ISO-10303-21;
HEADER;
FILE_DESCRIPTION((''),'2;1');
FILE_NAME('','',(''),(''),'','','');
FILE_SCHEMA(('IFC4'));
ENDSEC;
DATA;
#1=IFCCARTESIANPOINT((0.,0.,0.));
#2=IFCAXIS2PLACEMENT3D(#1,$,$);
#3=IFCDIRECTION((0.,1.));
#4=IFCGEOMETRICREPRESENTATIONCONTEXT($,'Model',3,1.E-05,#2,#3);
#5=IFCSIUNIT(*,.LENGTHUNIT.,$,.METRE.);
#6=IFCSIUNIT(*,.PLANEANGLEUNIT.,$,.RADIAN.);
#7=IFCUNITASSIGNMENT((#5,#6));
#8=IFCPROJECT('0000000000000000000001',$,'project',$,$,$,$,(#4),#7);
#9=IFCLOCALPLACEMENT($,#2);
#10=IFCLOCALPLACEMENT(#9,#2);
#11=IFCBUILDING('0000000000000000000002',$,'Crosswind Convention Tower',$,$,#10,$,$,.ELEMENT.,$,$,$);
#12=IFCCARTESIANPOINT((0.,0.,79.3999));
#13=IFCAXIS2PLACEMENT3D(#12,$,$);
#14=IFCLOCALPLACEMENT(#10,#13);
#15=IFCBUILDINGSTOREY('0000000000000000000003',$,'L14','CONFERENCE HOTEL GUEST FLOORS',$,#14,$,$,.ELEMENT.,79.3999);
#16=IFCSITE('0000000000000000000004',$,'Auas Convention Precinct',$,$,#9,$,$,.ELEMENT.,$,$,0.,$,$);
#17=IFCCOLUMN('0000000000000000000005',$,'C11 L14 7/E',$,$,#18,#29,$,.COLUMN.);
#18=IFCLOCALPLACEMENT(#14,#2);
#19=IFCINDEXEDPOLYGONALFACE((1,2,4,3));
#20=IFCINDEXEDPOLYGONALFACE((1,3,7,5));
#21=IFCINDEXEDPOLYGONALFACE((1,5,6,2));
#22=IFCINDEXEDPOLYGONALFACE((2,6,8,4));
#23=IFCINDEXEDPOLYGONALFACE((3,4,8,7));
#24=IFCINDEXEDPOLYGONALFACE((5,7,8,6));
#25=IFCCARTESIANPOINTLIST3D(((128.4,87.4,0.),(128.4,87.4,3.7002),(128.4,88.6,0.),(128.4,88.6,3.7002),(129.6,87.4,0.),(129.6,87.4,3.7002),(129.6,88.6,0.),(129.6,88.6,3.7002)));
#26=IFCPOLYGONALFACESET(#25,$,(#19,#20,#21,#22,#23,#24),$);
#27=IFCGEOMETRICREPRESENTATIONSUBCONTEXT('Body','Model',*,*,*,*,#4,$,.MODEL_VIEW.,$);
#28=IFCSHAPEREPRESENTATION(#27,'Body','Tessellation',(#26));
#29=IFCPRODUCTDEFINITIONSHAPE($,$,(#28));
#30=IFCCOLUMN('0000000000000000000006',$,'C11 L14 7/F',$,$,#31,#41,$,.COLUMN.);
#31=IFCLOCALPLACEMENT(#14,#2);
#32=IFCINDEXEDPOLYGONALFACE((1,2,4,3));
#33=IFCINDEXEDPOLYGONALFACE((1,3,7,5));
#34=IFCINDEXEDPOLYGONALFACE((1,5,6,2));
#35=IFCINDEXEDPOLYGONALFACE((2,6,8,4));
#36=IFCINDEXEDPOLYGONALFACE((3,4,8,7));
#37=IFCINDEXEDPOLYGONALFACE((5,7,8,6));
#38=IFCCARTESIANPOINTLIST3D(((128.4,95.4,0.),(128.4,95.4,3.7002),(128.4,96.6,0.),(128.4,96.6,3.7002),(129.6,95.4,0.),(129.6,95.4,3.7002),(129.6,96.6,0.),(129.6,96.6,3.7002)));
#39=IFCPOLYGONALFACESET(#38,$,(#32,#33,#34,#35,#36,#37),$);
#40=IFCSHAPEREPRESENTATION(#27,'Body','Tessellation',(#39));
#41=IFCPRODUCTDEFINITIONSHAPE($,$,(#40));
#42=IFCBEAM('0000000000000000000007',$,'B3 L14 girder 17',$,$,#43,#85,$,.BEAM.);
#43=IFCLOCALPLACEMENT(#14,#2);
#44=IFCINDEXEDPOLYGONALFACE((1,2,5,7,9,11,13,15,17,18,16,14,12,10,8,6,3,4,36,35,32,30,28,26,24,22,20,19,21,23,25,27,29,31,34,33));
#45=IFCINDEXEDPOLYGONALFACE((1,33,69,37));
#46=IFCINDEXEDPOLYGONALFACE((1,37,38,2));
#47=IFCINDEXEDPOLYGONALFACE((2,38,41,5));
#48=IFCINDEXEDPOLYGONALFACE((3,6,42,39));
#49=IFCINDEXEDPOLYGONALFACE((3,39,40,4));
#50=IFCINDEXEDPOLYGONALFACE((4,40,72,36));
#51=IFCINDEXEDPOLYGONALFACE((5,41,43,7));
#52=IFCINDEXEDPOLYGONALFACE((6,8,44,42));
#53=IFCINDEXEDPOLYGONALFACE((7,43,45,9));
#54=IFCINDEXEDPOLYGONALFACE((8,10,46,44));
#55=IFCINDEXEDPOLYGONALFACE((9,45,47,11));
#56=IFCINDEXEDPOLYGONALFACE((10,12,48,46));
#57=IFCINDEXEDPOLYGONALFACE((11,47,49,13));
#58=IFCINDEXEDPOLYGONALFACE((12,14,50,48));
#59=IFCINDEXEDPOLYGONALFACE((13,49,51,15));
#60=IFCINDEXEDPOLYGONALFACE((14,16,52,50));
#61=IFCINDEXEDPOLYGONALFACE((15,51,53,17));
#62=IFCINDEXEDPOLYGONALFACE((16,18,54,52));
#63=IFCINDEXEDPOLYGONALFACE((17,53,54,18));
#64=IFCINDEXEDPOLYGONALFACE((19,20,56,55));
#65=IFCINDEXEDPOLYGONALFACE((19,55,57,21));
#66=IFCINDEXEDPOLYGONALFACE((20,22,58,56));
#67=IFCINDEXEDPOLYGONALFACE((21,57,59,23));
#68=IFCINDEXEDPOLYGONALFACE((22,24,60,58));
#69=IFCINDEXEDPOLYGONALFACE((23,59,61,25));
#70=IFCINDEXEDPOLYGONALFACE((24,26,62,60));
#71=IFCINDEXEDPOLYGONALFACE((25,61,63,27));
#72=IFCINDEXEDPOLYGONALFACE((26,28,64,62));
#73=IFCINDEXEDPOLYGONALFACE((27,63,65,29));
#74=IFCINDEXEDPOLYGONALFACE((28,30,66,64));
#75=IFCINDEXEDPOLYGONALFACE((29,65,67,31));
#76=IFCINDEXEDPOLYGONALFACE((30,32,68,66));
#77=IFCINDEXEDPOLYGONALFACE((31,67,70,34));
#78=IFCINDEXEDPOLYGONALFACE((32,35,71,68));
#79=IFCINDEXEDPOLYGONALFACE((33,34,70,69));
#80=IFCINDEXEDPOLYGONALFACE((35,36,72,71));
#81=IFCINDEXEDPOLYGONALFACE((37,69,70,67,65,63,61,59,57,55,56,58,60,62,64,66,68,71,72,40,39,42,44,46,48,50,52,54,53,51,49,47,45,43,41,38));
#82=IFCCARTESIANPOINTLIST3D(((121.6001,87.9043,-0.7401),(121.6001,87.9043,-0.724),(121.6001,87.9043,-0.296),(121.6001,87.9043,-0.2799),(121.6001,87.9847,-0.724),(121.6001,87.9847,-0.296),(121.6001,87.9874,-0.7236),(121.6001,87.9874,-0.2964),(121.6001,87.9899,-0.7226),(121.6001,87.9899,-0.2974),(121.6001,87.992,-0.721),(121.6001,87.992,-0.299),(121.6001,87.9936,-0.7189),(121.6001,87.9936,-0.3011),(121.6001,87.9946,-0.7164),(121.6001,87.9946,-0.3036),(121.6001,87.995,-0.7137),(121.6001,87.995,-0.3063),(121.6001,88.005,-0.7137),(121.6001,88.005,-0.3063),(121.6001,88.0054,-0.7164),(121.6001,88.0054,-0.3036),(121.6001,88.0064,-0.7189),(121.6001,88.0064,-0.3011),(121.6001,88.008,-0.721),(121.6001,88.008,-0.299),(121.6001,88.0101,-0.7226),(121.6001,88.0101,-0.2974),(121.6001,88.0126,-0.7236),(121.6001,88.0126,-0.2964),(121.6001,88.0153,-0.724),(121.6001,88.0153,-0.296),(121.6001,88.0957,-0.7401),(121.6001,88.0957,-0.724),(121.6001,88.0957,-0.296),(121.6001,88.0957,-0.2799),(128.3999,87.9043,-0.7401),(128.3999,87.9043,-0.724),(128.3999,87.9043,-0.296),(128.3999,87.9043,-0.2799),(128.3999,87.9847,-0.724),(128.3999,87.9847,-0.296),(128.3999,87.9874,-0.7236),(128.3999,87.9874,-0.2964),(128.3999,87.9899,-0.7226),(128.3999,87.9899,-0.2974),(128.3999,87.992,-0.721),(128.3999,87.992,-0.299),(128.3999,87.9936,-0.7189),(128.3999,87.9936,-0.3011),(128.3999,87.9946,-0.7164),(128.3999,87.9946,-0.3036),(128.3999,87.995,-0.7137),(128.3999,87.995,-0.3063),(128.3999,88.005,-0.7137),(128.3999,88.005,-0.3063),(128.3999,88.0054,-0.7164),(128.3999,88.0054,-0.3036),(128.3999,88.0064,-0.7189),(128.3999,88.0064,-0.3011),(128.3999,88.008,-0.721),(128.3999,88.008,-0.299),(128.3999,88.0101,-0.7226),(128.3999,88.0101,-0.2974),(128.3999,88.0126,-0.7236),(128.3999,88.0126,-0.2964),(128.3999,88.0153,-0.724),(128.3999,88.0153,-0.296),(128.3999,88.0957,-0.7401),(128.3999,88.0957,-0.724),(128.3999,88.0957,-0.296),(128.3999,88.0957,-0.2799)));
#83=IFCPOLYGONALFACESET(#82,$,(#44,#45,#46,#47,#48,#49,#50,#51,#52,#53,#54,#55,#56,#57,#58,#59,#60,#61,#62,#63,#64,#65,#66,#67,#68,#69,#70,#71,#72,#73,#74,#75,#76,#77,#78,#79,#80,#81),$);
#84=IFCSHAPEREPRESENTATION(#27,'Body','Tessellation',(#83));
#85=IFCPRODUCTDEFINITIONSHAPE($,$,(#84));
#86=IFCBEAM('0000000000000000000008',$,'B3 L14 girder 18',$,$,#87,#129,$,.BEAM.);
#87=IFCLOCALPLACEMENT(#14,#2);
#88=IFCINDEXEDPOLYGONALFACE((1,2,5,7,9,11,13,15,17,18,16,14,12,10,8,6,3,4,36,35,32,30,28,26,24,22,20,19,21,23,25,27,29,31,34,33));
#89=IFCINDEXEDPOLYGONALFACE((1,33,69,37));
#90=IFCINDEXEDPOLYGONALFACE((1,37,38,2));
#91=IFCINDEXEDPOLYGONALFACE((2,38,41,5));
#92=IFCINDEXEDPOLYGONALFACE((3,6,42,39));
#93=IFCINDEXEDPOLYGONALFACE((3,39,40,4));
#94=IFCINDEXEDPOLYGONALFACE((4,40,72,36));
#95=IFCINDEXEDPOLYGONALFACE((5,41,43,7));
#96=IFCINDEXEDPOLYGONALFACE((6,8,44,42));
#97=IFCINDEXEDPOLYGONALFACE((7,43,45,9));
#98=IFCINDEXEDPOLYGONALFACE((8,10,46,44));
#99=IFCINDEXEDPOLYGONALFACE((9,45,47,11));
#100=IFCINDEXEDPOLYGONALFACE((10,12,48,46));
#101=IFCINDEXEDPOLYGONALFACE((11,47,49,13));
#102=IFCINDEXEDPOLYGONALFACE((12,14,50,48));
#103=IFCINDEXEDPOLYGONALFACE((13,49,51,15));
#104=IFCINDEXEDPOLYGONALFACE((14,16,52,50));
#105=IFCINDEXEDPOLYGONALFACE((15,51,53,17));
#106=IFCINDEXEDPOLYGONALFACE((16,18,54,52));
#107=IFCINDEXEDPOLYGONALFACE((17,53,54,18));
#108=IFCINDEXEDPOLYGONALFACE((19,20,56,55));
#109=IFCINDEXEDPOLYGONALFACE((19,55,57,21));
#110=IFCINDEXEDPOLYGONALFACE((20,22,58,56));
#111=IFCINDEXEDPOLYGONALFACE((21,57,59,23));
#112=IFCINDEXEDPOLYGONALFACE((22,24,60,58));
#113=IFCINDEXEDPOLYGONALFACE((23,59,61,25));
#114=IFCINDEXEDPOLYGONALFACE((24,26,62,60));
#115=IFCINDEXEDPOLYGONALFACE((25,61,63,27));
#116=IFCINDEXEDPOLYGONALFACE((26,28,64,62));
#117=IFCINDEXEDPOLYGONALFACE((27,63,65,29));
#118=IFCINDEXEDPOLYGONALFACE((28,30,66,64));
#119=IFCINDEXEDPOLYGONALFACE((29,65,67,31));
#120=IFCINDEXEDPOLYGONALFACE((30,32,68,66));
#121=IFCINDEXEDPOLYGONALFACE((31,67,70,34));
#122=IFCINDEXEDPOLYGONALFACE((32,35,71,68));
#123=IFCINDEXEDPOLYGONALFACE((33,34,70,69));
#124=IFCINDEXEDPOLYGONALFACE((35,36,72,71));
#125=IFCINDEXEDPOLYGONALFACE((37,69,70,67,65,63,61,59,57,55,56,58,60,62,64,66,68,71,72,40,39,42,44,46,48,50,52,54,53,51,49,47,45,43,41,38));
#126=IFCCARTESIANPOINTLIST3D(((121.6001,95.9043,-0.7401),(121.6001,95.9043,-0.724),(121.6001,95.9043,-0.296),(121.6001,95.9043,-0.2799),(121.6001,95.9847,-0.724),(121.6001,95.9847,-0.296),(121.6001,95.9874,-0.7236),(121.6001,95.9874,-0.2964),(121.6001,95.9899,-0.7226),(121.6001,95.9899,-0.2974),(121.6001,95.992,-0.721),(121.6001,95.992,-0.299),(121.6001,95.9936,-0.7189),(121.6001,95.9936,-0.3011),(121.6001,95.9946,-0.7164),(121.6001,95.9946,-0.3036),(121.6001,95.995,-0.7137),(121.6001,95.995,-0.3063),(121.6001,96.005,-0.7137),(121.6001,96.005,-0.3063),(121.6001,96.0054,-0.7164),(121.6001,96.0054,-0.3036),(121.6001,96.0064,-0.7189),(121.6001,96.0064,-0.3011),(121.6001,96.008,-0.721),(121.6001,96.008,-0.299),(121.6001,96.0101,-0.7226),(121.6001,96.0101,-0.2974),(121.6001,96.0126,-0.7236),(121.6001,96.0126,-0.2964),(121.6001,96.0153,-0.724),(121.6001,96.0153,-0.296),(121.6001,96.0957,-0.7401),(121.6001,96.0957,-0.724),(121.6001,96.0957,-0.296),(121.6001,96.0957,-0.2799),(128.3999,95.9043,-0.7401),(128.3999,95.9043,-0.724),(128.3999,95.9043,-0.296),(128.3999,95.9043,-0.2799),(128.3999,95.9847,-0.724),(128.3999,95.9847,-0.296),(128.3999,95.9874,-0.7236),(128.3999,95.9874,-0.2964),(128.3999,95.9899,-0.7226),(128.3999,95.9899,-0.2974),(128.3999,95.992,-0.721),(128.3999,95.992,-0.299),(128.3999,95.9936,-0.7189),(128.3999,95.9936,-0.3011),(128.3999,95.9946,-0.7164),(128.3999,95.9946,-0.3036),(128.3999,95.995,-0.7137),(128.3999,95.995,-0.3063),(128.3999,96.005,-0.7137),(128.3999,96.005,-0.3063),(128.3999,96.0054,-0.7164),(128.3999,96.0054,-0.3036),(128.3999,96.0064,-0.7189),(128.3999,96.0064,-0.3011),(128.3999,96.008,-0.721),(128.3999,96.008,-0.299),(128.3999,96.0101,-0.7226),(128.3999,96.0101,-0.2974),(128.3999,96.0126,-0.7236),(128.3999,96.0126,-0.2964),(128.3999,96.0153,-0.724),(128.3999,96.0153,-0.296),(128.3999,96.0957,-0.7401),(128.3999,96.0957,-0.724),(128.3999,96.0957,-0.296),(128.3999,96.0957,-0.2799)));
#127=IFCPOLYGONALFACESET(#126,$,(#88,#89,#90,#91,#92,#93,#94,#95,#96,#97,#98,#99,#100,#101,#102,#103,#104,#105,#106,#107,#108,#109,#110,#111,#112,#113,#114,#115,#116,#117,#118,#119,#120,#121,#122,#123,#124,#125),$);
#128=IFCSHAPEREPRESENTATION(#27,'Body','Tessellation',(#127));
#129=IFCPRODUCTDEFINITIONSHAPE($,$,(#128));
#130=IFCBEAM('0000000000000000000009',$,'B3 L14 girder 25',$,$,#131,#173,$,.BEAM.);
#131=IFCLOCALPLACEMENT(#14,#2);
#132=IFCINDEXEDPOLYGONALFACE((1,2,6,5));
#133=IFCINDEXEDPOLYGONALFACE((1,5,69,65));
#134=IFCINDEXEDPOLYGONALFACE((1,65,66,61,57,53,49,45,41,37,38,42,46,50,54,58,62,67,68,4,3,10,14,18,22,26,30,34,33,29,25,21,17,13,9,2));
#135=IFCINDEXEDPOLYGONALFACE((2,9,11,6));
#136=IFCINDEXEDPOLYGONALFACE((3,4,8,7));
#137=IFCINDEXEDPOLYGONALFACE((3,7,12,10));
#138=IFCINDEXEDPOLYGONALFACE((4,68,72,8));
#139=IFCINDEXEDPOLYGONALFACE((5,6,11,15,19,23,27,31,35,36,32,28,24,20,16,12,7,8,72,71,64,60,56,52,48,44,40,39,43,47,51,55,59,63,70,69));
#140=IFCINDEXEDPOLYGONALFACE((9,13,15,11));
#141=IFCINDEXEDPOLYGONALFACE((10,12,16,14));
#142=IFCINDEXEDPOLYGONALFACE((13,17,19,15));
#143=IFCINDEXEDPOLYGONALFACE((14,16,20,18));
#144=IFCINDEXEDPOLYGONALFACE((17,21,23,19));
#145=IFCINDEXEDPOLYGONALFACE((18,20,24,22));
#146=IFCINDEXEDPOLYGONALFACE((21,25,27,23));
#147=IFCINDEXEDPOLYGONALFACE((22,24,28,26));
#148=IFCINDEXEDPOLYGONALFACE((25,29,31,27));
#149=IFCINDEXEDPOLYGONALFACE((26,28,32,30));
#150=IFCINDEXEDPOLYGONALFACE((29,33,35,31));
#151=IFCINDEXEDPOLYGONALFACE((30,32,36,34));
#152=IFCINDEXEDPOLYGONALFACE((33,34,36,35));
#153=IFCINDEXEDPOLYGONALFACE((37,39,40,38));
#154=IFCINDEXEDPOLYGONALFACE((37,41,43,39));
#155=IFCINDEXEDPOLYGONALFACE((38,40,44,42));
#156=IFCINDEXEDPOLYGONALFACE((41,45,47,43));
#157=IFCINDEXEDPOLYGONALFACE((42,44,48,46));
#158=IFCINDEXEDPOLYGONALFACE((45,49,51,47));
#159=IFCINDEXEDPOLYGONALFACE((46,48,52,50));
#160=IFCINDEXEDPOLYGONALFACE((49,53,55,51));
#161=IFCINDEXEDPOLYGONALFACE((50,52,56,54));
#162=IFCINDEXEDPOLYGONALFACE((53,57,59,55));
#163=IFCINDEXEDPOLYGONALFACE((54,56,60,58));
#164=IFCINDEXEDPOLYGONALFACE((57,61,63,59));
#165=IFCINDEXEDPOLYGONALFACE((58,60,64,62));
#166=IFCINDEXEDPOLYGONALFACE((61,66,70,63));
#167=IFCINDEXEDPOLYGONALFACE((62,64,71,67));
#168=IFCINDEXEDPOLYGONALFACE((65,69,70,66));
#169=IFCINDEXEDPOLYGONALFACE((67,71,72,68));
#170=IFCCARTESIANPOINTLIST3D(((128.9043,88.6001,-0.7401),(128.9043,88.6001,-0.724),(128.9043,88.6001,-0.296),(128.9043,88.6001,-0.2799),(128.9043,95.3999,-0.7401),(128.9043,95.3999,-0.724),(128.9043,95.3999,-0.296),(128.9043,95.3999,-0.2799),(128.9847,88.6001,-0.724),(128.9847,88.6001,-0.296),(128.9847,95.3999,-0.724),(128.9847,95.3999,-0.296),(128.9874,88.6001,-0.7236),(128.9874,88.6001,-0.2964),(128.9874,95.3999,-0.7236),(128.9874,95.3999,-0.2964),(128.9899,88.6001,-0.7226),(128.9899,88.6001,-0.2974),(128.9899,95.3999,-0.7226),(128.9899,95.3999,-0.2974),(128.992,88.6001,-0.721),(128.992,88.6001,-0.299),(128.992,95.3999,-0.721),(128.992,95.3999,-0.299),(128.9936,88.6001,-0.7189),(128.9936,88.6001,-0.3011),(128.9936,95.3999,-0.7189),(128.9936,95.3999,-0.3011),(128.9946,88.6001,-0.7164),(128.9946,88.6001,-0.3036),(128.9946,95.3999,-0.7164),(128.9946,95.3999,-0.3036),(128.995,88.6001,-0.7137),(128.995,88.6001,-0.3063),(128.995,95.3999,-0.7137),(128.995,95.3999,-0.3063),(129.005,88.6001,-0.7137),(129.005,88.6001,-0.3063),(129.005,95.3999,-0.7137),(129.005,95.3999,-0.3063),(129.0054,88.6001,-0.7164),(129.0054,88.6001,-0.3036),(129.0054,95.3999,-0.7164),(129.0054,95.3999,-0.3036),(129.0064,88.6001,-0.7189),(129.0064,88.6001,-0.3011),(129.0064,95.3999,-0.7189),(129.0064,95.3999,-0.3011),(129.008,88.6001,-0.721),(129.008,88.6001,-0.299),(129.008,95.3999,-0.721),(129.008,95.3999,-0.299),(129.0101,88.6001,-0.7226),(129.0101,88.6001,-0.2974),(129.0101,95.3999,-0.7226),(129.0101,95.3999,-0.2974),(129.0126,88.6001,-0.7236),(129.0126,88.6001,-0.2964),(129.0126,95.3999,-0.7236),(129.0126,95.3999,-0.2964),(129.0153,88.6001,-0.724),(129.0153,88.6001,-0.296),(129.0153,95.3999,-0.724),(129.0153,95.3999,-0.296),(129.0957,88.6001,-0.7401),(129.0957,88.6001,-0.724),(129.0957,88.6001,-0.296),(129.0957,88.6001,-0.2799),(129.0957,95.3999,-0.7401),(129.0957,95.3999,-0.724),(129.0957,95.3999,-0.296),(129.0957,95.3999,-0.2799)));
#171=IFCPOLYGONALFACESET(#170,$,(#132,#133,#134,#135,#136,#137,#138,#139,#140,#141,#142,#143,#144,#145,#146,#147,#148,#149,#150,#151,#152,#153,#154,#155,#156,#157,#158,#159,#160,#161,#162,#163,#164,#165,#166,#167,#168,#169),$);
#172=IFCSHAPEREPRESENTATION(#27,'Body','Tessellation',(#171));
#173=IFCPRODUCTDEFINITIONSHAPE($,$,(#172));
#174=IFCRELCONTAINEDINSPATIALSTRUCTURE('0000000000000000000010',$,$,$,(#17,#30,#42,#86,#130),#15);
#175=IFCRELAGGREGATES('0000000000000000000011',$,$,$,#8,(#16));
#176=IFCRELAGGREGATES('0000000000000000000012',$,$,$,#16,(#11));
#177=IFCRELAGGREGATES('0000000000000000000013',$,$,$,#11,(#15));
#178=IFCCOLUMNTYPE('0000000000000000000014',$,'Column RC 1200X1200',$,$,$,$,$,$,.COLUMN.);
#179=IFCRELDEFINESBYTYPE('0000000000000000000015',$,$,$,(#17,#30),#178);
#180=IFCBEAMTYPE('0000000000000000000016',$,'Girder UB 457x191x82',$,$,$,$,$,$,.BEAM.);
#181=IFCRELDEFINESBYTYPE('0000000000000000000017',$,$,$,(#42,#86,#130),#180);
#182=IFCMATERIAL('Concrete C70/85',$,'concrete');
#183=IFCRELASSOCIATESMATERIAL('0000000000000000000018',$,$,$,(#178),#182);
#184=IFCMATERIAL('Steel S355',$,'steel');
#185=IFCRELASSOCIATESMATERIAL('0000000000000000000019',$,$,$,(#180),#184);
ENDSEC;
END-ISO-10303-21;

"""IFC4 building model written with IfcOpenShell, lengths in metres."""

from ifc_helpers import new_model, si_unit, direction, frame, origin, origin_2d, place, context, subcontext, project, spatial, rectangle, i_section, extrude, material, material_profile, profile_set, type_object, element, save


model = new_model("IFC4")

# Units and contexts
model_context = context("Model", 3, precision=1e-05, world=origin(), true_north=direction((0.0, 1.0)))
body_context = subcontext(model_context, "Body", "Model", "MODEL_VIEW")
ifc_project = project(units=[si_unit("LENGTHUNIT", "METRE"), si_unit("PLANEANGLEUNIT", "RADIAN")], contexts=[model_context])

# Site, building, storey
site_placement = place(None, origin())
site = spatial("IfcSite", under=ifc_project, at=site_placement, Name="Auas Convention Precinct", CompositionType="ELEMENT", RefElevation=0.0)
building_placement = place(site_placement, origin())
building = spatial("IfcBuilding", under=site, at=building_placement, Name="Crosswind Convention Tower", CompositionType="ELEMENT")
storey_placement = place(building_placement, frame((0.0, 0.0, 79.3999)))
storey = spatial("IfcBuildingStorey", under=building, at=storey_placement, Name="L14", Description="CONFERENCE HOTEL GUEST FLOORS", CompositionType="ELEMENT", Elevation=79.3999)

# Columns
ifc_material_1 = material(Name="Concrete C70/85", Category="concrete")
ifc_material_profile_1 = material_profile(ifc_material_1, rectangle(XDim=1.2, YDim=1.2, at=origin_2d()), Name="RC 1200X1200")
ifc_profile_set_1 = profile_set([ifc_material_profile_1], Name="Concrete C70/85")
column_type = type_object("IfcColumnType", Name="Column RC 1200X1200", PredefinedType="COLUMN", material=ifc_profile_set_1)
for number, where, z_axis, x_axis, name in (
    (1, (129.0, 88.0, 0.0), (0.0, 0.0, 1.0), (1.0, 0.0, 0.0), "C11 L14 7/E"),
    (2, (129.0, 96.0, 0.0), (0.0, 0.0, 1.0), (1.0, 0.0, 0.0), "C11 L14 7/F"),
):
    element("IfcColumn", number, at=place(storey_placement, frame(where, z_axis=z_axis, x_axis=x_axis)), inside=storey, type_object=column_type, Name=name, PredefinedType="COLUMN", context=body_context, shape_type="SweptSolid", body=[
        extrude(rectangle(XDim=1.2, YDim=1.2, at=origin_2d()), origin(), (0.0, 0.0, 1.0), 3.7002),
    ])

# Beams
ifc_material_2 = material(Name="Steel S355", Category="steel")
ifc_material_profile_2 = material_profile(ifc_material_2, i_section(OverallWidth=0.1914, OverallDepth=0.4602, WebThickness=0.01, FlangeThickness=0.0161, FilletRadius=0.0103, at=origin_2d()), Name="UB 457x191x82")
ifc_profile_set_2 = profile_set([ifc_material_profile_2], Name="Steel S355")
beam_type_1 = type_object("IfcBeamType", Name="Girder UB 457x191x82", PredefinedType="BEAM", material=ifc_profile_set_2)
for number, where, z_axis, x_axis, name in (
    (3, (121.6001, 88.0, -0.51), (1.0, 0.0, 0.0), (0.0, 1.0, 0.0), "B3 L14 girder 17"),
    (4, (121.6001, 96.0, -0.51), (1.0, 0.0, 0.0), (0.0, 1.0, 0.0), "B3 L14 girder 18"),
    (5, (129.0, 88.6001, -0.51), (0.0, 1.0, 0.0), (-1.0, 0.0, 0.0), "B3 L14 girder 25"),
):
    element("IfcBeam", number, at=place(storey_placement, frame(where, z_axis=z_axis, x_axis=x_axis)), inside=storey, type_object=beam_type_1, Name=name, PredefinedType="BEAM", context=body_context, shape_type="SweptSolid", body=[
        extrude(i_section(OverallWidth=0.1914, OverallDepth=0.4602, WebThickness=0.01, FlangeThickness=0.0161, FilletRadius=0.0103, at=origin_2d()), origin(), (0.0, 0.0, 1.0), 6.7998),
    ])

save(model, "model.ifc")
